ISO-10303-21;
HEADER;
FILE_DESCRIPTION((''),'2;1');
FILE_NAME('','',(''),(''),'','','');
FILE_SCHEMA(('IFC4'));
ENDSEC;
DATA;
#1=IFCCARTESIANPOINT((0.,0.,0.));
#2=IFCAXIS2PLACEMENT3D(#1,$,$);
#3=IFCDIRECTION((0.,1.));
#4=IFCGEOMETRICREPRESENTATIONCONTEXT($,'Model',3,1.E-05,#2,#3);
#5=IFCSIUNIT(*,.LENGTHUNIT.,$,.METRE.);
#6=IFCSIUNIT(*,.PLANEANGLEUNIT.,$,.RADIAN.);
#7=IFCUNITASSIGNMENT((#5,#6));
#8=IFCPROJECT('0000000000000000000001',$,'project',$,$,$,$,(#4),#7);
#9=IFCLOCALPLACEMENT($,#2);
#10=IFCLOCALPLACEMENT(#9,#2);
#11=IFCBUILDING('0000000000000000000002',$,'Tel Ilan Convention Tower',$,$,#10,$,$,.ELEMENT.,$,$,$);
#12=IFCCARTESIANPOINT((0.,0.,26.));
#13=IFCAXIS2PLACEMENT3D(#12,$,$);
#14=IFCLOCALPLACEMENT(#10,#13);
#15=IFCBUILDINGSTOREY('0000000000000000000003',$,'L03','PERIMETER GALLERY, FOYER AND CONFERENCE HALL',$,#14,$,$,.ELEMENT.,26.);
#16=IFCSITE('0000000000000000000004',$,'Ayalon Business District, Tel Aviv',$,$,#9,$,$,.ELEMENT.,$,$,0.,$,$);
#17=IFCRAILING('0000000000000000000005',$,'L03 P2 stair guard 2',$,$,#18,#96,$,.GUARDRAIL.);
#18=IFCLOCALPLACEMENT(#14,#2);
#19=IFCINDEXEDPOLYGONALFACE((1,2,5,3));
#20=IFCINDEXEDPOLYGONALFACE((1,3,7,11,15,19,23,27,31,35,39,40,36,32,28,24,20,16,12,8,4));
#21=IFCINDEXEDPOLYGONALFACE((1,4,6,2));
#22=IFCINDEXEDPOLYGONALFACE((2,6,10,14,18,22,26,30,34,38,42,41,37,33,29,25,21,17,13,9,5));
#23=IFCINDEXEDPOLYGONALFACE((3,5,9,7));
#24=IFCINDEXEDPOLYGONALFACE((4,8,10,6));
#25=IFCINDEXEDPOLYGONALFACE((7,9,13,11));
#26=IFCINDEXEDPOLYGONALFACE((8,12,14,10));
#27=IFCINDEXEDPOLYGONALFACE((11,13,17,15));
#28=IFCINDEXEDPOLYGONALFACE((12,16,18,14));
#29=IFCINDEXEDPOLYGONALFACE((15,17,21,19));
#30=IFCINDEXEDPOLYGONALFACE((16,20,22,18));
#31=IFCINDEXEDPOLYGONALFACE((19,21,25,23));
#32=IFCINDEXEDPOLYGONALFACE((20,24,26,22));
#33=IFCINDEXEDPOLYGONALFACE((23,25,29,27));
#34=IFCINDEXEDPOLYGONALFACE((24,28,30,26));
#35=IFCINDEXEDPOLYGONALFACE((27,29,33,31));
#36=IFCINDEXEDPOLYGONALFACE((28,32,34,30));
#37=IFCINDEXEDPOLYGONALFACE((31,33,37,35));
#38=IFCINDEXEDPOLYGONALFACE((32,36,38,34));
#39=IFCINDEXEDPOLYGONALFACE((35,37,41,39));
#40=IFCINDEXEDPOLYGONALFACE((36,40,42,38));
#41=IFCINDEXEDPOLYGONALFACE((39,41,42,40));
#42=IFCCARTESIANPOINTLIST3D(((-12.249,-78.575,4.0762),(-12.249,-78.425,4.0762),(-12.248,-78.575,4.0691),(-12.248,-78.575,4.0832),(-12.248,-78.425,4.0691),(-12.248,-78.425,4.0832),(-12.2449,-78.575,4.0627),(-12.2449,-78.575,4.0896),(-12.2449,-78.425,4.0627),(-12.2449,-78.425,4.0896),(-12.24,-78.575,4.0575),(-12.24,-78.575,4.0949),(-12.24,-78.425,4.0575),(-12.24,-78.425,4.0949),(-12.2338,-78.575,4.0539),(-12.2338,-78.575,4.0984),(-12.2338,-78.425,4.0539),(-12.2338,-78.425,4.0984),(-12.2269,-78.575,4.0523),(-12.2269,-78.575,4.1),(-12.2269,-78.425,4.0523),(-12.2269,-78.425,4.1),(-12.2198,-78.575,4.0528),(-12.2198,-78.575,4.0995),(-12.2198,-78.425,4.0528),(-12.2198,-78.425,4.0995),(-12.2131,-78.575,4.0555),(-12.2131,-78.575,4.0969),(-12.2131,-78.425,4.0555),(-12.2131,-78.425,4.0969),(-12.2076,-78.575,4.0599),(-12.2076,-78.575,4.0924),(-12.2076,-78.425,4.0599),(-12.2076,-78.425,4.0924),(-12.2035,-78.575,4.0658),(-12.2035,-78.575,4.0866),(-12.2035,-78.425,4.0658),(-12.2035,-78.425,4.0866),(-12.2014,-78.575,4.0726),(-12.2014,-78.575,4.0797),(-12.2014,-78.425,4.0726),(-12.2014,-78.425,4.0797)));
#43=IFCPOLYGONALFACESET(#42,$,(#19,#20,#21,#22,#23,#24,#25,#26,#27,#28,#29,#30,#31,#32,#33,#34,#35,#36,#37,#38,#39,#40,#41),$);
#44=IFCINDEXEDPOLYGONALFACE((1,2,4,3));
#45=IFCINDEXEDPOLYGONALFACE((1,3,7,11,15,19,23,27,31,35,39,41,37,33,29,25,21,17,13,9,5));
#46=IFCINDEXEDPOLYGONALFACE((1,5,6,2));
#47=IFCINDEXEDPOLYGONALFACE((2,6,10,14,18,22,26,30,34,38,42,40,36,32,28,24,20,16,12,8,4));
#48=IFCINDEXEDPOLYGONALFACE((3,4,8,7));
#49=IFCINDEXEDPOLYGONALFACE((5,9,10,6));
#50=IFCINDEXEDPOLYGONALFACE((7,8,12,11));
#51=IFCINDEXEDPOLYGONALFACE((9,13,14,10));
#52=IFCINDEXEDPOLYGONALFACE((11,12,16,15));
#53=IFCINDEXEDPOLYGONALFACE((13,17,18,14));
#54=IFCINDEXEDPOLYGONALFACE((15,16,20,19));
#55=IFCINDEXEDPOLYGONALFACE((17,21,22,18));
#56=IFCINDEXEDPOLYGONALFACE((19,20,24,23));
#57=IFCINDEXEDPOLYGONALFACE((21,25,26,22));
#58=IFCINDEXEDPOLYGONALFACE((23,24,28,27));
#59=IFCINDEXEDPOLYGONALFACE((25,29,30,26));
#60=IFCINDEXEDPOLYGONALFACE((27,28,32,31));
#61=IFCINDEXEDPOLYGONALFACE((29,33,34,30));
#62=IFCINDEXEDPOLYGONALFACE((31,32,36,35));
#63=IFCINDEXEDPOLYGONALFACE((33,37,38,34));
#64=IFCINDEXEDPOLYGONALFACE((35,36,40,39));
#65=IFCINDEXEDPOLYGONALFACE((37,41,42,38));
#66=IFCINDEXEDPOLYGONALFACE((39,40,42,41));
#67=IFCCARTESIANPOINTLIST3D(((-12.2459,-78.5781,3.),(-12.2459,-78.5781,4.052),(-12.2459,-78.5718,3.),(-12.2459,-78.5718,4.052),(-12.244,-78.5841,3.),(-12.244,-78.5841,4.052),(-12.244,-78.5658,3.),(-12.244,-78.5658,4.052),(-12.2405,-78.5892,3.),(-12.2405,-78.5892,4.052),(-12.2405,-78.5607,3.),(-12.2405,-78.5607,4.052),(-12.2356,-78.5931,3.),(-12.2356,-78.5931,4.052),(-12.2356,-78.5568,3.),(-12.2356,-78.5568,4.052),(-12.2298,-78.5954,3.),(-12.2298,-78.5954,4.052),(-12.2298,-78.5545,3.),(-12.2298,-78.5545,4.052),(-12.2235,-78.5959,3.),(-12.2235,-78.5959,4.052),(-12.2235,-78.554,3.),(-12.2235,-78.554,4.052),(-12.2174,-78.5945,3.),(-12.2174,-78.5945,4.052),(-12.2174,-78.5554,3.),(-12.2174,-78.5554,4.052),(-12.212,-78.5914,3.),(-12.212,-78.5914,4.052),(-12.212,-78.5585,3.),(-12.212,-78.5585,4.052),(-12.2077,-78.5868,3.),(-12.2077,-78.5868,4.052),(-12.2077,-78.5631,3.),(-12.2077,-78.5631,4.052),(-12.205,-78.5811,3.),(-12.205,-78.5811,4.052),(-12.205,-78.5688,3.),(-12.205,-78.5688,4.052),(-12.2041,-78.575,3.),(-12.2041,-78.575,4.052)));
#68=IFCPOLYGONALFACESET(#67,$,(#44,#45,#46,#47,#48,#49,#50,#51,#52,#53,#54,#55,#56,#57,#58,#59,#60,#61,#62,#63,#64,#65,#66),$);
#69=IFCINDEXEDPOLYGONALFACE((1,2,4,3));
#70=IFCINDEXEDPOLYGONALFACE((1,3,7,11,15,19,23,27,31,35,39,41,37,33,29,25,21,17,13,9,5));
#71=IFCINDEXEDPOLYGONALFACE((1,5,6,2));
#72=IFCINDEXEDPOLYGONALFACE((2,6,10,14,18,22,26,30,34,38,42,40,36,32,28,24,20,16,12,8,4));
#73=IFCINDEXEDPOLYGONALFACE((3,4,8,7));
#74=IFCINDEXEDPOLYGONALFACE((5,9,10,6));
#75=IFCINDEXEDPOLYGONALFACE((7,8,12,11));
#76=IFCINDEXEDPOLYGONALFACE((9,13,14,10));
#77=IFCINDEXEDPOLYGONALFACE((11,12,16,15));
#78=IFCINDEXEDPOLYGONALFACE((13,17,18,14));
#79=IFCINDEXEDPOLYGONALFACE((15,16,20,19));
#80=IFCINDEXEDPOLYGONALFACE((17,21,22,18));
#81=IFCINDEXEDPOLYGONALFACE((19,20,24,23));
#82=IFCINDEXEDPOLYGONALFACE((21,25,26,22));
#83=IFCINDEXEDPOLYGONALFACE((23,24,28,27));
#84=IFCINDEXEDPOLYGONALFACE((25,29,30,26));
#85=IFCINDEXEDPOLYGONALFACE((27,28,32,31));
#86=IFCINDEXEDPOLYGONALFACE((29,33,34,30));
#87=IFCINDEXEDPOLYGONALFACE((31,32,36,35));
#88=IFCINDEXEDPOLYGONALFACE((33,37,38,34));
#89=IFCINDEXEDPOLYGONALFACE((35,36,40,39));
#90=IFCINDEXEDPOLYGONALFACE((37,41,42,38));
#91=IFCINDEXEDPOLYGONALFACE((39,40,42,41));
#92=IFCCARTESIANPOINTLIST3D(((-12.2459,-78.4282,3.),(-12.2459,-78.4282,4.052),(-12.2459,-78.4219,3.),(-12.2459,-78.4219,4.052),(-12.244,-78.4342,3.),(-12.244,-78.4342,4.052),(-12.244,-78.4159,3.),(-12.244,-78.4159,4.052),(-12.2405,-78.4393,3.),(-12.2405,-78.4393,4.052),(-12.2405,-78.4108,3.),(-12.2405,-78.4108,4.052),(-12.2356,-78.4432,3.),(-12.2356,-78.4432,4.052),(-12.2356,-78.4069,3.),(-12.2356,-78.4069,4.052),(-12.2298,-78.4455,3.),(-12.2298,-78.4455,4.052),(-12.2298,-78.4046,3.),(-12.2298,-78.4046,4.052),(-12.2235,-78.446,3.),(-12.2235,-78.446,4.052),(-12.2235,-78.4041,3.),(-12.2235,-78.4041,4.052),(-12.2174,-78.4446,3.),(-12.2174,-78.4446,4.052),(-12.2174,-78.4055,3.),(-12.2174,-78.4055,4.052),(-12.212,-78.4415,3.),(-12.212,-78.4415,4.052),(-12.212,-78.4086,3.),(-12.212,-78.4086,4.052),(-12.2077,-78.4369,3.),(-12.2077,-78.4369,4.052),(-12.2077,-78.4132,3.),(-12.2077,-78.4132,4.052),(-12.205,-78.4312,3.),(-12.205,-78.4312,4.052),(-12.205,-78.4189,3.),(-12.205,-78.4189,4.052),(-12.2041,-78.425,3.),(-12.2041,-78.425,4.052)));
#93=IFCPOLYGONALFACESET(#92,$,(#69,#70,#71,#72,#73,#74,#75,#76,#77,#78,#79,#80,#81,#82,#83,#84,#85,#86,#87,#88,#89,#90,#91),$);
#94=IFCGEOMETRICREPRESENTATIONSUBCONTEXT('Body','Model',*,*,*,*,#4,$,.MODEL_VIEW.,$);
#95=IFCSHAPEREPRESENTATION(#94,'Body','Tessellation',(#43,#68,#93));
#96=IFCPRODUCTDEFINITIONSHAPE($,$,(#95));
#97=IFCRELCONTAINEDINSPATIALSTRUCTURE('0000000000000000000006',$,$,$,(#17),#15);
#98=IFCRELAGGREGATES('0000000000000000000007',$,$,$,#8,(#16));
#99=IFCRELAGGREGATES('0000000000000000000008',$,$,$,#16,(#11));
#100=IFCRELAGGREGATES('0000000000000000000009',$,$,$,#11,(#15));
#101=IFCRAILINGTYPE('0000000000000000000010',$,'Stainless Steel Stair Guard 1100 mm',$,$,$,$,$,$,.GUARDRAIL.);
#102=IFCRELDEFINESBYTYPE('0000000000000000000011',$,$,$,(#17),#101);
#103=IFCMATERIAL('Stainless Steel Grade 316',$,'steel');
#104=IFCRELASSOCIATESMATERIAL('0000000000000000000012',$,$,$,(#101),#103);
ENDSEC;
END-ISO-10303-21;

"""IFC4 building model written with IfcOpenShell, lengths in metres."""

from ifc_helpers import new_model, si_unit, direction, frame, origin, origin_2d, place, context, subcontext, project, spatial, circle, extrude, material, type_object, element, save


model = new_model("IFC4")

# Units and contexts
model_context = context("Model", 3, precision=1e-05, world=origin(), true_north=direction((0.0, 1.0)))
body_context = subcontext(model_context, "Body", "Model", "MODEL_VIEW")
ifc_project = project(units=[si_unit("LENGTHUNIT", "METRE"), si_unit("PLANEANGLEUNIT", "RADIAN")], contexts=[model_context])

# Site, building, storey
site_placement = place(None, origin())
site = spatial("IfcSite", under=ifc_project, at=site_placement, Name="Ayalon Business District, Tel Aviv", CompositionType="ELEMENT", RefElevation=0.0)
building_placement = place(site_placement, origin())
building = spatial("IfcBuilding", under=site, at=building_placement, Name="Tel Ilan Convention Tower", CompositionType="ELEMENT")
storey_placement = place(building_placement, frame((0.0, 0.0, 26.0)))
storey = spatial("IfcBuildingStorey", under=building, at=storey_placement, Name="L03", Description="PERIMETER GALLERY, FOYER AND CONFERENCE HALL", CompositionType="ELEMENT", Elevation=26.0)

# Railing
ifc_material_1 = material(Name="Stainless Steel Grade 316", Category="steel")
railing_type_1 = type_object("IfcRailingType", Name="Stainless Steel Stair Guard 1100 mm", PredefinedType="GUARDRAIL", material=ifc_material_1)
railing_1_placement = place(storey_placement, frame((-12.2251, -78.575, 3.0)))
element("IfcRailing", 1, at=railing_1_placement, inside=storey, type_object=railing_type_1, Name="L03 P2 stair guard 2", PredefinedType="GUARDRAIL", context=body_context, shape_type="SweptSolid", body=[
    extrude(circle(Radius=0.0239, at=origin_2d()), frame((0.0, 0.0, 1.0762), z_axis=(0.0, 1.0, 0.0), x_axis=(-1.0, 0.0, 0.0)), (0.0, 0.0, 1.0), 0.1499),
    extrude(circle(Radius=0.021, at=origin_2d()), origin(), (0.0, 0.0, 1.0), 1.052),
    extrude(circle(Radius=0.021, at=origin_2d()), frame((0.0, 0.1499, 0.0)), (0.0, 0.0, 1.0), 1.052),
])

save(model, "model.ifc")
